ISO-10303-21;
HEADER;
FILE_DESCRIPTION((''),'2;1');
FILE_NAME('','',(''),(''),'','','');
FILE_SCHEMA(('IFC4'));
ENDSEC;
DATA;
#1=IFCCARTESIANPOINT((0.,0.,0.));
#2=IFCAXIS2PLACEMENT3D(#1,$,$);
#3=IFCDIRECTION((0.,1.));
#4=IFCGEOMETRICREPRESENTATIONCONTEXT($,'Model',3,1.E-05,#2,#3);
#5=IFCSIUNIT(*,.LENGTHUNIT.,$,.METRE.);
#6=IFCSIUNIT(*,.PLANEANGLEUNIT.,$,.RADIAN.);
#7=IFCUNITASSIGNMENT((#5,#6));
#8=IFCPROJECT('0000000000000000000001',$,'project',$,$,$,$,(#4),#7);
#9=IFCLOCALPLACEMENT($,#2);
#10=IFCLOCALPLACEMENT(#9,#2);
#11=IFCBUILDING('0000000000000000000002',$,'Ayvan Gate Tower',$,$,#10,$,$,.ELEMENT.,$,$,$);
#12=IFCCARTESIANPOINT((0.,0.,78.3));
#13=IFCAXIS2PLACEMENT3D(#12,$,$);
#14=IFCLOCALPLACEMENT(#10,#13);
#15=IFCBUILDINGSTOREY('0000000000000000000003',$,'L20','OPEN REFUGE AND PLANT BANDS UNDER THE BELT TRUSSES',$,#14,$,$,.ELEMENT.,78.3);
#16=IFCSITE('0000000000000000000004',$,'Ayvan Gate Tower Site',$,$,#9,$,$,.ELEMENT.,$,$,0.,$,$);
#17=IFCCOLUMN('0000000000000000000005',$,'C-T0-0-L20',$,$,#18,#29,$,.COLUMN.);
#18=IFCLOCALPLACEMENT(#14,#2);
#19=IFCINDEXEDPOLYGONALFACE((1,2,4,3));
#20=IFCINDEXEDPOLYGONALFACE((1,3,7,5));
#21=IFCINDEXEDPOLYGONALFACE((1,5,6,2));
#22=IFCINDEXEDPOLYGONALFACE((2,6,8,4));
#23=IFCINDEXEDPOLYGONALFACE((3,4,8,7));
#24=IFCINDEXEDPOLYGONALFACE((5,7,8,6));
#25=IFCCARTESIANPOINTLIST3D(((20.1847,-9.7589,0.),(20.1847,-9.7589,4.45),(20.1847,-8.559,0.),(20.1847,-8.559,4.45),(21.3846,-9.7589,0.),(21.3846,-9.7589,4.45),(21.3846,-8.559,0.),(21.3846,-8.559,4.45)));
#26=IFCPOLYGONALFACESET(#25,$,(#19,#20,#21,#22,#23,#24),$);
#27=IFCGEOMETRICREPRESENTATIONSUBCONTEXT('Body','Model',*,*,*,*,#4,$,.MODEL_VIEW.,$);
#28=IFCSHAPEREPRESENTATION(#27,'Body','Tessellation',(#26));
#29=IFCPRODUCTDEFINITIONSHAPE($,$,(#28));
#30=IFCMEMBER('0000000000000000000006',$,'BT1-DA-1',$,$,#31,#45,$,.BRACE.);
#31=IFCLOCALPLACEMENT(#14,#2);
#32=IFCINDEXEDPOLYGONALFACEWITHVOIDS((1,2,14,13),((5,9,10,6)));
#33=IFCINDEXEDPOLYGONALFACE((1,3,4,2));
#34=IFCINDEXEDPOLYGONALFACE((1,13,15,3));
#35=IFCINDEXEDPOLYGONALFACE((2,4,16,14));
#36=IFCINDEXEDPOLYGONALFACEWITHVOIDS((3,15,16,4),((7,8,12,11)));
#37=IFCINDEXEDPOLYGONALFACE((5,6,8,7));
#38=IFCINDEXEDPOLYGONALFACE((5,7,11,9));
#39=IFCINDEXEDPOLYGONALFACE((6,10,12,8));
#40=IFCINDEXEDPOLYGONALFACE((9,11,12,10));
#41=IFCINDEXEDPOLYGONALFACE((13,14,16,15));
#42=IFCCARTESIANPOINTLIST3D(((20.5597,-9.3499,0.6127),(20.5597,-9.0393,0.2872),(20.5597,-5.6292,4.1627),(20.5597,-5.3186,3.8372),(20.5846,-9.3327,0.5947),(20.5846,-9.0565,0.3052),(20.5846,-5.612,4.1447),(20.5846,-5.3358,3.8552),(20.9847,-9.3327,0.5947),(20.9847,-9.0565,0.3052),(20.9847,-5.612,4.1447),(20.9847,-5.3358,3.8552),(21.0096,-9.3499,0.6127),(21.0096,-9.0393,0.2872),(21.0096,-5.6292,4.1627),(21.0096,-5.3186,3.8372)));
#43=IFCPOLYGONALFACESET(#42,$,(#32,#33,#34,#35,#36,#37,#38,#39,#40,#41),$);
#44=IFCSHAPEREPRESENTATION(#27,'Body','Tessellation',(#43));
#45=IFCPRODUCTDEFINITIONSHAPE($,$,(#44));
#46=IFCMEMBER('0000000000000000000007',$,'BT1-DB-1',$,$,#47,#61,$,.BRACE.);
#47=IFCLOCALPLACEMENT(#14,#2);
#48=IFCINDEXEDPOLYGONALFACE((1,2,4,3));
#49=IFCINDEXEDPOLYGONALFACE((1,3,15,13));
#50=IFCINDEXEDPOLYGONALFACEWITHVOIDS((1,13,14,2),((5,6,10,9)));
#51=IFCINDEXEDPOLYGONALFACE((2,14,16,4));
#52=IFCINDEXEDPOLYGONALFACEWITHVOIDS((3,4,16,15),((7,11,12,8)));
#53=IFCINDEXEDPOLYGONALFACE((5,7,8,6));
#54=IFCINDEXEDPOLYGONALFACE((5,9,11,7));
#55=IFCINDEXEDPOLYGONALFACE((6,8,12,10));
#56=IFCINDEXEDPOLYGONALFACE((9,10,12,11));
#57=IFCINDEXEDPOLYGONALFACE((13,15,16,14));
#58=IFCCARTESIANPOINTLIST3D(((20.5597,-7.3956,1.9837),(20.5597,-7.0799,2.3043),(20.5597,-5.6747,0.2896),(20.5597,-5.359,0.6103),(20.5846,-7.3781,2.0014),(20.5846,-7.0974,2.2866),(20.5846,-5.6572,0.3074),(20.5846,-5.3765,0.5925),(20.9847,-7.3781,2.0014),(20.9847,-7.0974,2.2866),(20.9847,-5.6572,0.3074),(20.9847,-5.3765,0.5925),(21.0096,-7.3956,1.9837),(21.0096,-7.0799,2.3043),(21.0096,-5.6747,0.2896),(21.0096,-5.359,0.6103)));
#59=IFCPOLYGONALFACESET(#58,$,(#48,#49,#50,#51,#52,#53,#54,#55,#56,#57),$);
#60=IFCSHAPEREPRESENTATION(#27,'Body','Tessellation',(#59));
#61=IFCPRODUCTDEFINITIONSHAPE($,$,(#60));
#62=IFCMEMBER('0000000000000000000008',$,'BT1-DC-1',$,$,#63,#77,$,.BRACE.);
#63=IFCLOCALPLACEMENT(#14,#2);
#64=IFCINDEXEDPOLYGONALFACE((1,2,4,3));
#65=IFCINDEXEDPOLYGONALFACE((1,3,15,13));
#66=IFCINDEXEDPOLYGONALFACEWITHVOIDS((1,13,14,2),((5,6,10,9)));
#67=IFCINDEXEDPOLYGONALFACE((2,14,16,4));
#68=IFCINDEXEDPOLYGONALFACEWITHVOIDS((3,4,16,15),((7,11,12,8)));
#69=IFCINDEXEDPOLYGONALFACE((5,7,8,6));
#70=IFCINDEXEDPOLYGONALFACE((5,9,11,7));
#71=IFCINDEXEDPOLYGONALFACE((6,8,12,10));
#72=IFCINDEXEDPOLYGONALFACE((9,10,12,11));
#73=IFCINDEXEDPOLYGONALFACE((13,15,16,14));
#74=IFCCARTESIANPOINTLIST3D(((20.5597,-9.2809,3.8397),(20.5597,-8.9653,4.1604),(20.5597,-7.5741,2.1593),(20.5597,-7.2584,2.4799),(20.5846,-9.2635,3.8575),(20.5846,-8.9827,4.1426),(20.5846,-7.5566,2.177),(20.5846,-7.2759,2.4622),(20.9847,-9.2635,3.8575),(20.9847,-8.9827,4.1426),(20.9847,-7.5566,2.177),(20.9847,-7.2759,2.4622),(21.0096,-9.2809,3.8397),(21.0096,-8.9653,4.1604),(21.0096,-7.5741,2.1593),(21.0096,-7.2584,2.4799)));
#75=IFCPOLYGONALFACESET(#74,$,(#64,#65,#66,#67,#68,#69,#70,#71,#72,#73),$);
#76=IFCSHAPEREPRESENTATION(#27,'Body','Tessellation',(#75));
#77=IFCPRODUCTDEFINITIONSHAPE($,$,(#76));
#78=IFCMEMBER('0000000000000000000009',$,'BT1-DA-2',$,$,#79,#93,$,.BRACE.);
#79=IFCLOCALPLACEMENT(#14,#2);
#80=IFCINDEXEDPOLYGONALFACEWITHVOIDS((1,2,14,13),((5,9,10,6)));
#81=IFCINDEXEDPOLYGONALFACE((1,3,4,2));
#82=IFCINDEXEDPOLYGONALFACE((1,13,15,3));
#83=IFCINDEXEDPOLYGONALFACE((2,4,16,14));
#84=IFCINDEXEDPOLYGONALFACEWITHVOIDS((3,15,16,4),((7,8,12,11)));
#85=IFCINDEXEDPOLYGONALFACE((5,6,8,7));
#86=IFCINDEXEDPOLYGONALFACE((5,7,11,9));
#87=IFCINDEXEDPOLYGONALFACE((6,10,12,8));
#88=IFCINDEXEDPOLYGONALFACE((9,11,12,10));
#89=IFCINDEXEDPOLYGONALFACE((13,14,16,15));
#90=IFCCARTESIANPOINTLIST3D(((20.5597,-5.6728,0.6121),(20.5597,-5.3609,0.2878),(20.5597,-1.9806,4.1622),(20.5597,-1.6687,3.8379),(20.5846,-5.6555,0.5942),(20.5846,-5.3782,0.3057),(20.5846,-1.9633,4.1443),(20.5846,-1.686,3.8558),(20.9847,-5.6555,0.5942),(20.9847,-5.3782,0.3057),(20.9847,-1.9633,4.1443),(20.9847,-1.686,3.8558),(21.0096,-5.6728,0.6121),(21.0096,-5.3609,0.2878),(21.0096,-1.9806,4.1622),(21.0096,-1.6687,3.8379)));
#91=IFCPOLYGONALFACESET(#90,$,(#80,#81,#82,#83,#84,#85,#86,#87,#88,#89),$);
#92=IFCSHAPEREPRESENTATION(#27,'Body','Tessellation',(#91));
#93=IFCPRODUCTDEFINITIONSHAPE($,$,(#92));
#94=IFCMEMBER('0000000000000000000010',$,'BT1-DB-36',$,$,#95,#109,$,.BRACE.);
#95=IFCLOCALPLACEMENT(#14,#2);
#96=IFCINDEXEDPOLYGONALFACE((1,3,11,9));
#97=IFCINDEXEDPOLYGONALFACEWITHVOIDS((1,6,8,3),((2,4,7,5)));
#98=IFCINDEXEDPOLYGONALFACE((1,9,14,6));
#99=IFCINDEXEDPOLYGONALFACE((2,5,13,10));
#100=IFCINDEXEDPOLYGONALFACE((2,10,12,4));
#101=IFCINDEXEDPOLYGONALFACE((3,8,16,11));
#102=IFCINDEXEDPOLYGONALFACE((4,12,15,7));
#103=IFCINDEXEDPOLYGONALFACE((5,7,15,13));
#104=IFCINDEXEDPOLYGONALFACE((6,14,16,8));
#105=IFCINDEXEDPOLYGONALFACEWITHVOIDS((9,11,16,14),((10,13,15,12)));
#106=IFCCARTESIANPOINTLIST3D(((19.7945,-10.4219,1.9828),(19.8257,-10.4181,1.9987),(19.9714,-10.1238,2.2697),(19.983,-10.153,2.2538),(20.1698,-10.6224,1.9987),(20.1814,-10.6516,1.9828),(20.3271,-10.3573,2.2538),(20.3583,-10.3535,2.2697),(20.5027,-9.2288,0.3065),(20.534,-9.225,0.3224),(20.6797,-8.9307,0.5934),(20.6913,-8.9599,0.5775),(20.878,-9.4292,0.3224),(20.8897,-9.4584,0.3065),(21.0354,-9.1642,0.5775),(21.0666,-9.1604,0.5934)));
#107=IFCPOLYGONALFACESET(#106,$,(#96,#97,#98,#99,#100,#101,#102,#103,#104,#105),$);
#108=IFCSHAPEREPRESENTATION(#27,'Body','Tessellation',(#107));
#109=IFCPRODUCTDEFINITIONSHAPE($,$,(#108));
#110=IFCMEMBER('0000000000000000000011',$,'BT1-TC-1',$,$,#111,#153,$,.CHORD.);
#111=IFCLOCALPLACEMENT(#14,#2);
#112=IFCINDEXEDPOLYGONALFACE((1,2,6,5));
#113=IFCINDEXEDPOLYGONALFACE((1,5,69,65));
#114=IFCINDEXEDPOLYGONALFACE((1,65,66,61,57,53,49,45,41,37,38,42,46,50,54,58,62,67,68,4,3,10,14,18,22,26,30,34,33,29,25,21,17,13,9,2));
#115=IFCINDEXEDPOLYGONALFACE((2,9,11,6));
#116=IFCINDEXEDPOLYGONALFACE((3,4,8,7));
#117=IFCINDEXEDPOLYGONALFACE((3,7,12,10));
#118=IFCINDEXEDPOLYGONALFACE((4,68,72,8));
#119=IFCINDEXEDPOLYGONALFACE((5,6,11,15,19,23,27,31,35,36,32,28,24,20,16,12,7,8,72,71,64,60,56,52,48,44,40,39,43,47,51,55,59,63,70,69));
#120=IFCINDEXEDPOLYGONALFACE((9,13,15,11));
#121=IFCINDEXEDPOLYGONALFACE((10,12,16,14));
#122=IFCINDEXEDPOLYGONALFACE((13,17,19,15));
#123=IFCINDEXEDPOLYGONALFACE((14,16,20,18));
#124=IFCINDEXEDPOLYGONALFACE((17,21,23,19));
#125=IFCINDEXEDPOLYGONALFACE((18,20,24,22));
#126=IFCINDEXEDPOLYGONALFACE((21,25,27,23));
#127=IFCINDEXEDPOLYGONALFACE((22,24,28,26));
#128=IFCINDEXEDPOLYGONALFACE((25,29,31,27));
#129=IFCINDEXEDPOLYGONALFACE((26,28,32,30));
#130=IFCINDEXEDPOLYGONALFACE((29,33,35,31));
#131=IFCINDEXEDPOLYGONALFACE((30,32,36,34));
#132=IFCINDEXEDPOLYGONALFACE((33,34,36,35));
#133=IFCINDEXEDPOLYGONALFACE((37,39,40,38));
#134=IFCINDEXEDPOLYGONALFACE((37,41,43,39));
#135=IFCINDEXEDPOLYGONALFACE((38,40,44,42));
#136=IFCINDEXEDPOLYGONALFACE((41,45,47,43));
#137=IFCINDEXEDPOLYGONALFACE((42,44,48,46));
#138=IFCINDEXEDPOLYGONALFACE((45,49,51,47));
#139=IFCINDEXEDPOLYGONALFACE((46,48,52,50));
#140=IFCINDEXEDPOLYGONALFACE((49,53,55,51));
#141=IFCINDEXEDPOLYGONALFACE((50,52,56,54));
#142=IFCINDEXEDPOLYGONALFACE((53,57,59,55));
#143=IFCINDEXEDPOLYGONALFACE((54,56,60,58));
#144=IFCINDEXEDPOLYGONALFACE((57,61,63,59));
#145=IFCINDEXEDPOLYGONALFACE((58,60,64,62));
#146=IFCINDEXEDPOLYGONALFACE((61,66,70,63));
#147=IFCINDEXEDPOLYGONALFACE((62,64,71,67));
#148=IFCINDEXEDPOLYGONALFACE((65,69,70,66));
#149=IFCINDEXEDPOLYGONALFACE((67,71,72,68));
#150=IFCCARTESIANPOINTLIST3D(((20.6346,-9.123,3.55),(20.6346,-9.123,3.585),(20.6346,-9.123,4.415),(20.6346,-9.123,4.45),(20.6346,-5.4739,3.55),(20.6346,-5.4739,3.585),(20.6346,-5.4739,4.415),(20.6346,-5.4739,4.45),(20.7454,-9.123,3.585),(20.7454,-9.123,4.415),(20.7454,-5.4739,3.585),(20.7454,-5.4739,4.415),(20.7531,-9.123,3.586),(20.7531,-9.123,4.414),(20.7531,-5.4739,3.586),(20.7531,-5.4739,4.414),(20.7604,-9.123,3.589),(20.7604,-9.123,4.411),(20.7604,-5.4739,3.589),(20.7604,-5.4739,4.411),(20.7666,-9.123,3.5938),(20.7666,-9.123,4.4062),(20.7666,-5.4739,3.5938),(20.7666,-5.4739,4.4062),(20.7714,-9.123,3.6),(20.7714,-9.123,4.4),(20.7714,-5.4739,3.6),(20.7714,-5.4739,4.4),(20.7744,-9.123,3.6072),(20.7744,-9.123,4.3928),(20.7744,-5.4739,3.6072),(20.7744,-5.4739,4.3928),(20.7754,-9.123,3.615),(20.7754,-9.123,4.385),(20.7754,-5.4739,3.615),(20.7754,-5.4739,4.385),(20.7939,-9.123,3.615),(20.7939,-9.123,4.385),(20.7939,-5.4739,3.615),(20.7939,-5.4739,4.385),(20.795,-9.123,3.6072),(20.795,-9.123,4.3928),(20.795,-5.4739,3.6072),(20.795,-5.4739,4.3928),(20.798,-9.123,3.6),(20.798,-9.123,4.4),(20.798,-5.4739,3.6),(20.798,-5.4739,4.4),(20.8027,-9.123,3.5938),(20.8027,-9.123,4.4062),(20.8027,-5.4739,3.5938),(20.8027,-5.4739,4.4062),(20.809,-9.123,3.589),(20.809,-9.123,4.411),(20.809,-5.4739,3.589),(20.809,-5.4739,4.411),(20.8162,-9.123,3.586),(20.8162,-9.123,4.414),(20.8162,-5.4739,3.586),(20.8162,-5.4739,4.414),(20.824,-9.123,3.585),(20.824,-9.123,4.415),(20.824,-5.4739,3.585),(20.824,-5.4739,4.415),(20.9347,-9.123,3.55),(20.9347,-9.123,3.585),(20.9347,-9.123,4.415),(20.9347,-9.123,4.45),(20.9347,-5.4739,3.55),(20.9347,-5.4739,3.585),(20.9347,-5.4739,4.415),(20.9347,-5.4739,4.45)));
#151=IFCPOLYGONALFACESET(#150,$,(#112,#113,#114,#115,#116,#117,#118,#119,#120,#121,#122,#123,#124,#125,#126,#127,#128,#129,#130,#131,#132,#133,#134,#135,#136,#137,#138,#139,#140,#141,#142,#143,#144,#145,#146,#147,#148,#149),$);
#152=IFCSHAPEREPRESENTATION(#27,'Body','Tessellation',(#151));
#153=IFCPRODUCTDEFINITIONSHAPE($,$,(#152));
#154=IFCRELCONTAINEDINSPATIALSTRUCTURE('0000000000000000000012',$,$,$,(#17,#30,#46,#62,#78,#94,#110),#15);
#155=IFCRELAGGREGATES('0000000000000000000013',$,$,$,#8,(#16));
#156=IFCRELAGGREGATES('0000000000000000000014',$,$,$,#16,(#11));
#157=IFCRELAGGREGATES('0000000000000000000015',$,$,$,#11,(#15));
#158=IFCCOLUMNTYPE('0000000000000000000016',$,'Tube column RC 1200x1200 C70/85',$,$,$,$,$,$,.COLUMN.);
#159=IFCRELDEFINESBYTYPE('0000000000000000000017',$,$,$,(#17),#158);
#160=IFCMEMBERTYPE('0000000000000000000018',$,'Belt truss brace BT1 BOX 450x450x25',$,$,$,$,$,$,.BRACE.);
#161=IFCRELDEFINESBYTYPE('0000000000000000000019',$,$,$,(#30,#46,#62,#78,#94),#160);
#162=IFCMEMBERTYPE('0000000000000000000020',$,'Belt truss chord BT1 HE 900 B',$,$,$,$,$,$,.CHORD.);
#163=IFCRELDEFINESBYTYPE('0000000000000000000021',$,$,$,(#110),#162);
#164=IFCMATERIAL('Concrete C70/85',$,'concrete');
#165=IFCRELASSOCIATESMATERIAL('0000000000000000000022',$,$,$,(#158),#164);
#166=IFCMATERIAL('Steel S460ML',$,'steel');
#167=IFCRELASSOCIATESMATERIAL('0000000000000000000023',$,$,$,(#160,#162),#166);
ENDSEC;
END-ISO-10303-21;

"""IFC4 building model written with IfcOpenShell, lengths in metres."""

from ifc_helpers import new_model, si_unit, direction, frame, origin, origin_2d, place, context, subcontext, project, spatial, rectangle, hollow_rectangle, i_section, extrude, material, material_profile, profile_set, type_object, element, save


model = new_model("IFC4")

# Units and contexts
model_context = context("Model", 3, precision=1e-05, world=origin(), true_north=direction((0.0, 1.0)))
body_context = subcontext(model_context, "Body", "Model", "MODEL_VIEW")
ifc_project = project(units=[si_unit("LENGTHUNIT", "METRE"), si_unit("PLANEANGLEUNIT", "RADIAN")], contexts=[model_context])

# Site, building, storey
site_placement = place(None, origin())
site = spatial("IfcSite", under=ifc_project, at=site_placement, Name="Ayvan Gate Tower Site", CompositionType="ELEMENT", RefElevation=0.0)
building_placement = place(site_placement, origin())
building = spatial("IfcBuilding", under=site, at=building_placement, Name="Ayvan Gate Tower", CompositionType="ELEMENT")
storey_placement = place(building_placement, frame((0.0, 0.0, 78.3)))
storey = spatial("IfcBuildingStorey", under=building, at=storey_placement, Name="L20", Description="OPEN REFUGE AND PLANT BANDS UNDER THE BELT TRUSSES", CompositionType="ELEMENT", Elevation=78.3)

# Column
ifc_material_1 = material(Name="Concrete C70/85", Category="concrete")
ifc_material_profile_1 = material_profile(ifc_material_1, rectangle(XDim=1.2, YDim=1.2, at=origin_2d()), Name="RC 1200x1200")
ifc_profile_set_1 = profile_set([ifc_material_profile_1], Name="Concrete C70/85")
column_type = type_object("IfcColumnType", Name="Tube column RC 1200x1200 C70/85", PredefinedType="COLUMN", material=ifc_profile_set_1)
column_placement = place(storey_placement, frame((20.7847, -9.1589, 0.0), z_axis=(0.0, 0.0, 1.0), x_axis=(1.0, 0.0, 0.0)))
element("IfcColumn", 1, at=column_placement, inside=storey, type_object=column_type, Name="C-T0-0-L20", PredefinedType="COLUMN", context=body_context, shape_type="SweptSolid", body=[
    extrude(rectangle(XDim=1.2, YDim=1.2, at=origin_2d()), origin(), (0.0, 0.0, 1.0), 4.45),
])

# Members
ifc_material_2 = material(Name="Steel S460ML", Category="steel")
ifc_material_profile_2 = material_profile(ifc_material_2, hollow_rectangle(XDim=0.45, YDim=0.45, WallThickness=0.0249, at=origin_2d()), Name="BOX 450x450x25")
ifc_profile_set_2 = profile_set([ifc_material_profile_2], Name="Steel S460ML")
member_type_1 = type_object("IfcMemberType", Name="Belt truss brace BT1 BOX 450x450x25", PredefinedType="BRACE", material=ifc_profile_set_2)
member_1_placement = place(storey_placement, frame((20.7847, -9.1946, 0.45), z_axis=(0.0, 0.723504, 0.69032), x_axis=(-1.0, 0.0, 0.0)))
element("IfcMember", 2, at=member_1_placement, inside=storey, type_object=member_type_1, Name="BT1-DA-1", PredefinedType="BRACE", context=body_context, shape_type="SweptSolid", body=[
    extrude(hollow_rectangle(XDim=0.45, YDim=0.45, WallThickness=0.0249, at=origin_2d()), origin(), (0.0, 0.0, 1.0), 5.1426),
])
member_2_placement = place(storey_placement, frame((20.7847, -5.5168, 0.45), z_axis=(0.0, -0.712645, 0.701524), x_axis=(1.0, 0.0, 0.0)))
element("IfcMember", 3, at=member_2_placement, inside=storey, type_object=member_type_1, Name="BT1-DB-1", PredefinedType="BRACE", context=body_context, shape_type="SweptSolid", body=[
    extrude(hollow_rectangle(XDim=0.45, YDim=0.45, WallThickness=0.0249, at=origin_2d()), origin(), (0.0, 0.0, 1.0), 2.4148),
])
member_3_placement = place(storey_placement, frame((20.7847, -7.4163, 2.3196), z_axis=(0.0, -0.71259, 0.701581), x_axis=(1.0, 0.0, 0.0)))
element("IfcMember", 4, at=member_3_placement, inside=storey, type_object=member_type_1, Name="BT1-DC-1", PredefinedType="BRACE", context=body_context, shape_type="SweptSolid", body=[
    extrude(hollow_rectangle(XDim=0.45, YDim=0.45, WallThickness=0.0249, at=origin_2d()), origin(), (0.0, 0.0, 1.0), 2.3953),
])
member_4_placement = place(storey_placement, frame((20.7847, -5.5168, 0.45), z_axis=(0.0, 0.720841, 0.6931), x_axis=(-1.0, 0.0, 0.0)))
element("IfcMember", 5, at=member_4_placement, inside=storey, type_object=member_type_1, Name="BT1-DA-2", PredefinedType="BRACE", context=body_context, shape_type="SweptSolid", body=[
    extrude(hollow_rectangle(XDim=0.45, YDim=0.45, WallThickness=0.0249, at=origin_2d()), origin(), (0.0, 0.0, 1.0), 5.1221),
])
member_5_placement = place(storey_placement, frame((20.7847, -9.1946, 0.45), z_axis=(-0.325482, -0.548304, 0.770341), x_axis=(0.859905, -0.510453, 0.0)))
element("IfcMember", 6, at=member_5_placement, inside=storey, type_object=member_type_1, Name="BT1-DB-36", PredefinedType="BRACE", context=body_context, shape_type="SweptSolid", body=[
    extrude(hollow_rectangle(XDim=0.45, YDim=0.45, WallThickness=0.0249, at=origin_2d()), origin(), (0.0, 0.0, 1.0), 2.176),
])
ifc_material_profile_3 = material_profile(ifc_material_2, i_section(OverallWidth=0.3, OverallDepth=0.8999, WebThickness=0.0186, FlangeThickness=0.0349, FilletRadius=0.03, at=origin_2d()), Name="HE 900 B")
ifc_profile_set_3 = profile_set([ifc_material_profile_3], Name="Steel S460ML")
member_type_2 = type_object("IfcMemberType", Name="Belt truss chord BT1 HE 900 B", PredefinedType="CHORD", material=ifc_profile_set_3)
member_6_placement = place(storey_placement, frame((20.7847, -9.123, 4.0), z_axis=(0.0, 1.0, 0.0), x_axis=(-1.0, 0.0, 0.0)))
element("IfcMember", 7, at=member_6_placement, inside=storey, type_object=member_type_2, Name="BT1-TC-1", PredefinedType="CHORD", context=body_context, shape_type="SweptSolid", body=[
    extrude(i_section(OverallWidth=0.3, OverallDepth=0.8999, WebThickness=0.0186, FlangeThickness=0.0349, FilletRadius=0.03, at=origin_2d()), origin(), (0.0, 0.0, 1.0), 3.6492),
])

save(model, "model.ifc")
